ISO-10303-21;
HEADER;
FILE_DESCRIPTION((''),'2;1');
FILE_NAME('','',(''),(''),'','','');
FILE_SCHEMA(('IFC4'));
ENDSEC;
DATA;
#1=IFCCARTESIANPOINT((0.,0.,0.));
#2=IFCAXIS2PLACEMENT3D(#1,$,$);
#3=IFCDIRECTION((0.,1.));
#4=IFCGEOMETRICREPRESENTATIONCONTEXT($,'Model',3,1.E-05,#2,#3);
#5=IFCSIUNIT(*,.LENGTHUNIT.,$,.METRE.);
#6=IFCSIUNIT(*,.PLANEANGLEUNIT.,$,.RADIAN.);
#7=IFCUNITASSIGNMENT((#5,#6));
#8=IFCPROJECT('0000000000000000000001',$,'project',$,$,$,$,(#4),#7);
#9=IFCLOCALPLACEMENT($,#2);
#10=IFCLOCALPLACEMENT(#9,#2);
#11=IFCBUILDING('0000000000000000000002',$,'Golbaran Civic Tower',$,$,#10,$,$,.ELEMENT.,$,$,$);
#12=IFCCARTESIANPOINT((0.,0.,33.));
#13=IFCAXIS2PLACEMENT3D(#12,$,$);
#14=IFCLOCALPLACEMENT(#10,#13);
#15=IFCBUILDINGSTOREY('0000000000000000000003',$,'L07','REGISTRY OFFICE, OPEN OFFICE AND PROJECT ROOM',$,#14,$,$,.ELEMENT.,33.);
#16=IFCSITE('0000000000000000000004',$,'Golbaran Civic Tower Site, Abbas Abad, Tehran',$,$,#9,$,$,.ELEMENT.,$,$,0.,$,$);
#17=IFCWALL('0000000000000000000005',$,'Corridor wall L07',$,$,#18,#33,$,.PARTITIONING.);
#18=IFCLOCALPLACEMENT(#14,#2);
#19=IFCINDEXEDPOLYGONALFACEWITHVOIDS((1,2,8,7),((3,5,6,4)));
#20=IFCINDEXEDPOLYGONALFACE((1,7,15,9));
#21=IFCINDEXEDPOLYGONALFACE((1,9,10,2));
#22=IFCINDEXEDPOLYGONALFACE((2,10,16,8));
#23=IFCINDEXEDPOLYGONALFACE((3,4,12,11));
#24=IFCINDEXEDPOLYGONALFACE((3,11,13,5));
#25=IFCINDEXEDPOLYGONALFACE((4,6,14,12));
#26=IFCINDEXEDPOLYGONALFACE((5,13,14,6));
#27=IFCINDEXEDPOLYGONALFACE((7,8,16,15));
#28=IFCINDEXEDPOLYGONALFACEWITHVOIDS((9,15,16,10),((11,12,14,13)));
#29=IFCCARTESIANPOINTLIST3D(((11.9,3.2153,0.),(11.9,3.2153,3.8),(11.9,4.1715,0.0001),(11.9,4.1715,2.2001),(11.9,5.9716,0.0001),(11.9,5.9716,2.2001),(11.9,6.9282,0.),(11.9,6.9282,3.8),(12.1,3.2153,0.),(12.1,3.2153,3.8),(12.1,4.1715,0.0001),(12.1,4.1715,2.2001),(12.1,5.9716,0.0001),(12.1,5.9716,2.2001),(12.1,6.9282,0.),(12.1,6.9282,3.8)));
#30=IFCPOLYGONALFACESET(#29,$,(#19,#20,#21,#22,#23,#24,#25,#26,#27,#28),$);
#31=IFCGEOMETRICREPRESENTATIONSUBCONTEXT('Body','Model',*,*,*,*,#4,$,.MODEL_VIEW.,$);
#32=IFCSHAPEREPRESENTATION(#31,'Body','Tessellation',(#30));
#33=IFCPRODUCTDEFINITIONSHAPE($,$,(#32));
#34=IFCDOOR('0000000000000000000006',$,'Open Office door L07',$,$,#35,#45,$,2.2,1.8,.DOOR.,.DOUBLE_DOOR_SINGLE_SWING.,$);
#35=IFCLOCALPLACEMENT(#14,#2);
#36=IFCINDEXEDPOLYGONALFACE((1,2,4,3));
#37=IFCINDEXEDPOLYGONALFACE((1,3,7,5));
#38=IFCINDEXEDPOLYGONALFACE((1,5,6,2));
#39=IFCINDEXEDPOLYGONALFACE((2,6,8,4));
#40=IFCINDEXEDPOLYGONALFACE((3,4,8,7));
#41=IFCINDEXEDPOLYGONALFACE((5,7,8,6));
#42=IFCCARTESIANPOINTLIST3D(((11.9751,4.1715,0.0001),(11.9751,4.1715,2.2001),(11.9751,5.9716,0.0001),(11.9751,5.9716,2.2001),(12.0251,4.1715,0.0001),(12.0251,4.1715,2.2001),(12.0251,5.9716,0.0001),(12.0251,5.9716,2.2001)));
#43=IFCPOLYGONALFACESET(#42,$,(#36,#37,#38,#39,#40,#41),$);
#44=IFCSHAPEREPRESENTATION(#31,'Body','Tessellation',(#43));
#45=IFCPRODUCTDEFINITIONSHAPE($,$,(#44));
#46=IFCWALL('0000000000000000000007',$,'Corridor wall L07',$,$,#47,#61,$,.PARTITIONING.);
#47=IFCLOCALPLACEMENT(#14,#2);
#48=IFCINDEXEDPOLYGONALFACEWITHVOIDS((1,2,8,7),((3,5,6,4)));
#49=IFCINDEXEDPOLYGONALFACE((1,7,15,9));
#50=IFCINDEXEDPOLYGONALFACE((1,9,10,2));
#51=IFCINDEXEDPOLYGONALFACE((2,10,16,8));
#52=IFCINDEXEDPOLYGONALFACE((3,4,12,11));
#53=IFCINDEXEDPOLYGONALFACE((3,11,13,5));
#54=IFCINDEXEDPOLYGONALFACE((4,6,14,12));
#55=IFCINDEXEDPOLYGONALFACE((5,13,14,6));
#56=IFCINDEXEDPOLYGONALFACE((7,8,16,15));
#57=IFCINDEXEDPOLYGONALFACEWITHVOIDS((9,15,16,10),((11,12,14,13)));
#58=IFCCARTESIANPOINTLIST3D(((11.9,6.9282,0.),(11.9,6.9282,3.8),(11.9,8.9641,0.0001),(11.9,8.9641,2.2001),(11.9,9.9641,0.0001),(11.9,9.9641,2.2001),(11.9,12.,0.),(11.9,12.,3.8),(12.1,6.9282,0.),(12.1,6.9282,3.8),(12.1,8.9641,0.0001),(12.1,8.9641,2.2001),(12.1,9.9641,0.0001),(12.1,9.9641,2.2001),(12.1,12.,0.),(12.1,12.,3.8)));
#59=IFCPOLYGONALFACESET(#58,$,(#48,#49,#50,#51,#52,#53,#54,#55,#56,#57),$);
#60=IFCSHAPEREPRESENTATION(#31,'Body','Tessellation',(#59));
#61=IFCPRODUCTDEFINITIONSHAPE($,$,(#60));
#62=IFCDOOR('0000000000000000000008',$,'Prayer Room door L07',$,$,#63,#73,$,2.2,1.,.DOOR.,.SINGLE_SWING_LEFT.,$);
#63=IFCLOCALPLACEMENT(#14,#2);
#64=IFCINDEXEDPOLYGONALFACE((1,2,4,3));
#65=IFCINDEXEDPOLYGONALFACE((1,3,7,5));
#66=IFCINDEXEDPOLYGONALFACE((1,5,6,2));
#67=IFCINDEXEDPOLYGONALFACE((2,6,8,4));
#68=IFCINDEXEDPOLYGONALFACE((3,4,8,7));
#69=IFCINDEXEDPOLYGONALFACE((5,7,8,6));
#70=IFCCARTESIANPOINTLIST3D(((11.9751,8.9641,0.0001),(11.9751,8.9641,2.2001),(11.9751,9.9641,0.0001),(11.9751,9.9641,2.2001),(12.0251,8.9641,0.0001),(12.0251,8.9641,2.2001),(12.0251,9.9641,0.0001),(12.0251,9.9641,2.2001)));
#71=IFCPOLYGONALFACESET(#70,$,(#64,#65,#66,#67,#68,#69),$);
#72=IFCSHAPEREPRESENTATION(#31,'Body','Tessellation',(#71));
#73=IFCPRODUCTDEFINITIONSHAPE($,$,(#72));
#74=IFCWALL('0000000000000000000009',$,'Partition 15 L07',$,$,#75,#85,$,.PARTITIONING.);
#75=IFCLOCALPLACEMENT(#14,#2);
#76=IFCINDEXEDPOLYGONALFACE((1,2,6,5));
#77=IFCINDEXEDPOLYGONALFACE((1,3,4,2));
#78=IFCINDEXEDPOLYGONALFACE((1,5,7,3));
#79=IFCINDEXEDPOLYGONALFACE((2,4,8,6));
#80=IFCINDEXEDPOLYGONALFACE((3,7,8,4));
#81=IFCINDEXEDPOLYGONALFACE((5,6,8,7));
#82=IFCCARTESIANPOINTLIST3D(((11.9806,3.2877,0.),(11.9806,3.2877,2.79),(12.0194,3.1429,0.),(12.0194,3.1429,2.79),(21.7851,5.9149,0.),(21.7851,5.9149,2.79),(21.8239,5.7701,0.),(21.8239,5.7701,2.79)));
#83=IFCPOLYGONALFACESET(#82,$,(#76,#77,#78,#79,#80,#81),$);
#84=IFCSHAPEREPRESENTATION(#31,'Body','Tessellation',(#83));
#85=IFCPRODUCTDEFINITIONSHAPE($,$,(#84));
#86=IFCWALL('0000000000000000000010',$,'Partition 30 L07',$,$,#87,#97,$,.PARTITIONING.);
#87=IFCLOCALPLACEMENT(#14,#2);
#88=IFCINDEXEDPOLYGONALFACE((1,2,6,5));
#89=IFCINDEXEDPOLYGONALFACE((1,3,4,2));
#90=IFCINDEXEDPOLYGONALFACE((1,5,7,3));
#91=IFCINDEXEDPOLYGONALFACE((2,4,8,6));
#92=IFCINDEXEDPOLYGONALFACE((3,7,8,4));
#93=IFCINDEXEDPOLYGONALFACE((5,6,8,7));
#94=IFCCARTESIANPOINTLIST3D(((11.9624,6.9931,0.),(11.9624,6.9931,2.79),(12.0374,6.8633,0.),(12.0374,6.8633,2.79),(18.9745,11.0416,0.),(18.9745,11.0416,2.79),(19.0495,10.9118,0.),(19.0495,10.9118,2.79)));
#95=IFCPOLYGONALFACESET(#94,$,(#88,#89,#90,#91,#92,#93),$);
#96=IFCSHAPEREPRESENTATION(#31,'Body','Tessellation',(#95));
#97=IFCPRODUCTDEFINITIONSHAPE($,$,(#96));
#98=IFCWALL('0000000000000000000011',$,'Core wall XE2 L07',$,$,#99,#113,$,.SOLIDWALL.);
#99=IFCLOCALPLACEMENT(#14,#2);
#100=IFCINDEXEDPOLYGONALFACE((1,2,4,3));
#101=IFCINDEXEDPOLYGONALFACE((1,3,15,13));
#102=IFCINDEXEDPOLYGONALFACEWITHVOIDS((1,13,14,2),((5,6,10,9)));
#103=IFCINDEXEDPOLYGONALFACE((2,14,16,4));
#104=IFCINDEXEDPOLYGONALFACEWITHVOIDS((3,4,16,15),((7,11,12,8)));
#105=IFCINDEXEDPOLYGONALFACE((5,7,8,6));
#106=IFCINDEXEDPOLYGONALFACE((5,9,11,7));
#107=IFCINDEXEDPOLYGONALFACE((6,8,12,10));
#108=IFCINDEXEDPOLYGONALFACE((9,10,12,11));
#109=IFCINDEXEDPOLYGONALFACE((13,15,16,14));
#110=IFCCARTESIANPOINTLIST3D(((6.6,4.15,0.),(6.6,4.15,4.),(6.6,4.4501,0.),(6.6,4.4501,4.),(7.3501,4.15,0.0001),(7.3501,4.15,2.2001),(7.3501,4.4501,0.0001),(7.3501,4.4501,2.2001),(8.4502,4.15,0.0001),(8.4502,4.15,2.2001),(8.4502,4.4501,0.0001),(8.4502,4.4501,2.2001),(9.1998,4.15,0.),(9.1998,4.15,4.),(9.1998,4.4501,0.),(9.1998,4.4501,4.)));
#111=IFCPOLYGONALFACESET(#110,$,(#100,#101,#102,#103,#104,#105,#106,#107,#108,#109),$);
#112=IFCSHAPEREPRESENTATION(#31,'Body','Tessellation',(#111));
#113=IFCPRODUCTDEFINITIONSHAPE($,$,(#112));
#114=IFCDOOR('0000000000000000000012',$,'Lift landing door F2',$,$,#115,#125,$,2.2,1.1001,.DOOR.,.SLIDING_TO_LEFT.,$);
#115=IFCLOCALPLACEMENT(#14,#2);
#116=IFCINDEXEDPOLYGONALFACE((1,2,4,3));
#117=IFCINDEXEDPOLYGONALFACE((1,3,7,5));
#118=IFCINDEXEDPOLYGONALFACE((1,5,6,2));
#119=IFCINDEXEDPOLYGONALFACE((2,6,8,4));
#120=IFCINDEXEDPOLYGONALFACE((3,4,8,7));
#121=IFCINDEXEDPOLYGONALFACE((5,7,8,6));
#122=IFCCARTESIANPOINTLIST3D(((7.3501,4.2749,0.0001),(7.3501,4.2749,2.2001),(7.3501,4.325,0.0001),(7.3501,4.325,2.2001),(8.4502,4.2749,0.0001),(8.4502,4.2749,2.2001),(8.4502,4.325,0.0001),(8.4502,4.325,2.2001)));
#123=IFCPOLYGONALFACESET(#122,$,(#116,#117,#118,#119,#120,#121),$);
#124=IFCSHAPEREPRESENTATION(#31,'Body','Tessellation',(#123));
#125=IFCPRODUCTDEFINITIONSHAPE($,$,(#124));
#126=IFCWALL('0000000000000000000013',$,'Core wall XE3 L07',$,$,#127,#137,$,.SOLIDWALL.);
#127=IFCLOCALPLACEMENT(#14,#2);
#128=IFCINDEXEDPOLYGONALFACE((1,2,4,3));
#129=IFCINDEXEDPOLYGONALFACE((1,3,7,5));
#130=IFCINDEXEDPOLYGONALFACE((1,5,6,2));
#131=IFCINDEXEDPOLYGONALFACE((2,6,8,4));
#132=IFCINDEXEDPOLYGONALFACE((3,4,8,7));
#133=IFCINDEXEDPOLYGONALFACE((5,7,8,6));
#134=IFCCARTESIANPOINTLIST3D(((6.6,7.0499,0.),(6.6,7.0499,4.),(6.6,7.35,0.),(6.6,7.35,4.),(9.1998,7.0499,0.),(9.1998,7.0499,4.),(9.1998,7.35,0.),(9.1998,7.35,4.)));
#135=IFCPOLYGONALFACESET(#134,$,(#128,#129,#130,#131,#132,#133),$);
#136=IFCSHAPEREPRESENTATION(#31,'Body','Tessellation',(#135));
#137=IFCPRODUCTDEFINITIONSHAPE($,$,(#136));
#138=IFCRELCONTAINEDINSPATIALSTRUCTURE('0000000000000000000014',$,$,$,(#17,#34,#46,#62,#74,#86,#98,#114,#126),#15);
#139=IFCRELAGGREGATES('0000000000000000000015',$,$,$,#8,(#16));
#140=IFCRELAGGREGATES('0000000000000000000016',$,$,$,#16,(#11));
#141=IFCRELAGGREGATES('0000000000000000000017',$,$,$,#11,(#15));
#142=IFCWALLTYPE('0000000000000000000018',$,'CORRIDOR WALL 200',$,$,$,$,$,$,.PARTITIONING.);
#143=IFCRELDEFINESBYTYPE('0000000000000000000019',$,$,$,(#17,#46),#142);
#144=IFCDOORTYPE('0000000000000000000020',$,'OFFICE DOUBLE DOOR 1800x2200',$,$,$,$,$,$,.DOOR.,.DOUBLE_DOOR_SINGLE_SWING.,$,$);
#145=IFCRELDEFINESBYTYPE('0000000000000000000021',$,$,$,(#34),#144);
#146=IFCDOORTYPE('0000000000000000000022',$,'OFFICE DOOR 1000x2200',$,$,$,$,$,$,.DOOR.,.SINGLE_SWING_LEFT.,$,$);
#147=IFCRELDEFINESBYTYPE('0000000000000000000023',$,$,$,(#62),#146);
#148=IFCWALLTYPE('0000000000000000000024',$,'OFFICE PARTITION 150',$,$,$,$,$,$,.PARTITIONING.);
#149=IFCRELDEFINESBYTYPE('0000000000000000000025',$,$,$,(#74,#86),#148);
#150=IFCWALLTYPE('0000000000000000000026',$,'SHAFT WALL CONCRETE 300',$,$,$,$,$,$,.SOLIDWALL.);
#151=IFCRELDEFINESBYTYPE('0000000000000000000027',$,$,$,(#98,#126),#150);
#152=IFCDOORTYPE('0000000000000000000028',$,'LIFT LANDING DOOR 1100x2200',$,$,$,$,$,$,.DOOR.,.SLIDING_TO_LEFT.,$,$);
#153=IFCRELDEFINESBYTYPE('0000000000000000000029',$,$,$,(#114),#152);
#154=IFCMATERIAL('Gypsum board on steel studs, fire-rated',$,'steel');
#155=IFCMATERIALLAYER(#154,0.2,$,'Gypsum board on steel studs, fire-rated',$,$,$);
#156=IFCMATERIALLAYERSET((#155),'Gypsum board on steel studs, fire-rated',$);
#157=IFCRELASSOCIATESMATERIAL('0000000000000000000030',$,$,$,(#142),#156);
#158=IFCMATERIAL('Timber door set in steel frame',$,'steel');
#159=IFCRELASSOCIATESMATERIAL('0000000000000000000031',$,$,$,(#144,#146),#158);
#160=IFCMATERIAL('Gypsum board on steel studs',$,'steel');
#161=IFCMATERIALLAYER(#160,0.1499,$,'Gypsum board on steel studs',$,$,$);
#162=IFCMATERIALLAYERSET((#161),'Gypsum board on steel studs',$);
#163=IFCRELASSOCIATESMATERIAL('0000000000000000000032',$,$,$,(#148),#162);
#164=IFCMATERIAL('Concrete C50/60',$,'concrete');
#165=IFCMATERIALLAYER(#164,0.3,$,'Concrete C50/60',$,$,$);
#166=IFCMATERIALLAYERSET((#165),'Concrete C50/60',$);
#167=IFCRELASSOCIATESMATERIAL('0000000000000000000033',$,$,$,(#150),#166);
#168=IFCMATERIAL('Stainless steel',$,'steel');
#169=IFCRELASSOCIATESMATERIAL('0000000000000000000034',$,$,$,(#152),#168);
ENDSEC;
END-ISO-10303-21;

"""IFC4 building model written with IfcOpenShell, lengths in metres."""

from ifc_helpers import new_model, si_unit, direction, frame, frame_2d, origin, place, context, subcontext, project, spatial, rectangle, extrude, material, layer, layer_set, type_object, element, fill, save


model = new_model("IFC4")

# Units and contexts
model_context = context("Model", 3, precision=1e-05, world=origin(), true_north=direction((0.0, 1.0)))
body_context = subcontext(model_context, "Body", "Model", "MODEL_VIEW")
ifc_project = project(units=[si_unit("LENGTHUNIT", "METRE"), si_unit("PLANEANGLEUNIT", "RADIAN")], contexts=[model_context])

# Site, building, storey
site_placement = place(None, origin())
site = spatial("IfcSite", under=ifc_project, at=site_placement, Name="Golbaran Civic Tower Site, Abbas Abad, Tehran", CompositionType="ELEMENT", RefElevation=0.0)
building_placement = place(site_placement, origin())
building = spatial("IfcBuilding", under=site, at=building_placement, Name="Golbaran Civic Tower", CompositionType="ELEMENT")
storey_placement = place(building_placement, frame((0.0, 0.0, 33.0)))
storey = spatial("IfcBuildingStorey", under=building, at=storey_placement, Name="L07", Description="REGISTRY OFFICE, OPEN OFFICE AND PROJECT ROOM", CompositionType="ELEMENT", Elevation=33.0)

# Walls, openings, doors
ifc_material_1 = material(Name="Concrete C50/60", Category="concrete")
ifc_material_2 = material(Name="Timber door set in steel frame", Category="steel")
ifc_material_3 = material(Name="Gypsum board on steel studs, fire-rated", Category="steel")
ifc_layer_1 = layer(ifc_material_3, 0.2, Name="Gypsum board on steel studs, fire-rated")
ifc_layer_set_1 = layer_set([ifc_layer_1], Name="Gypsum board on steel studs, fire-rated")
wall_type_1 = type_object("IfcWallType", Name="CORRIDOR WALL 200", PredefinedType="PARTITIONING", material=ifc_layer_set_1)
wall_1_placement = place(storey_placement, frame((12.0, 3.2153, 0.0), z_axis=(0.0, 0.0, 1.0), x_axis=(0.0, 1.0, 0.0)))
wall_1 = element("IfcWall", 1, at=wall_1_placement, inside=storey, type_object=wall_type_1, Name="Corridor wall L07", PredefinedType="PARTITIONING", context=body_context, shape_type="SweptSolid", body=[
    extrude(rectangle(XDim=3.7129, YDim=0.2, at=frame_2d((1.8564, 0.0))), origin(), (0.0, 0.0, 1.0), 3.8),
])
opening_1_placement = place(wall_1_placement, frame((0.9563, 0.0, 0.0)))
opening_1 = element("IfcOpeningElement", 2, at=opening_1_placement, cuts=wall_1, PredefinedType="OPENING", context=body_context, shape_type="SweptSolid", body=[
    extrude(rectangle(XDim=1.8, YDim=2.2, at=frame_2d((0.8999, 1.1001))), frame((0.0, 0.1099, 0.0), z_axis=(0.0, -1.0, 0.0), x_axis=(1.0, 0.0, 0.0)), (0.0, 0.0, 1.0), 0.22),
])
door_type_1 = type_object("IfcDoorType", Name="OFFICE DOUBLE DOOR 1800x2200", OperationType="DOUBLE_DOOR_SINGLE_SWING", PredefinedType="DOOR", material=ifc_material_2)
door_1_placement = place(opening_1_placement, origin())
door_1 = element("IfcDoor", 3, at=door_1_placement, inside=storey, type_object=door_type_1, Name="Open Office door L07", OperationType="DOUBLE_DOOR_SINGLE_SWING", OverallHeight=2.2, OverallWidth=1.8, PredefinedType="DOOR", context=body_context, shape_type="SweptSolid", body=[
    extrude(rectangle(XDim=1.8, YDim=2.2, at=frame_2d((0.8999, 1.1001))), frame((0.0, 0.0249, 0.0), z_axis=(0.0, -1.0, 0.0), x_axis=(1.0, 0.0, 0.0)), (0.0, 0.0, 1.0), 0.05),
])
fill(opening_1, door_1)
wall_2_placement = place(storey_placement, frame((12.0, 6.9282, 0.0), z_axis=(0.0, 0.0, 1.0), x_axis=(0.0, 1.0, 0.0)))
wall_2 = element("IfcWall", 4, at=wall_2_placement, inside=storey, type_object=wall_type_1, Name="Corridor wall L07", PredefinedType="PARTITIONING", context=body_context, shape_type="SweptSolid", body=[
    extrude(rectangle(XDim=5.0718, YDim=0.2, at=frame_2d((2.5359, 0.0))), origin(), (0.0, 0.0, 1.0), 3.8),
])
opening_2_placement = place(wall_2_placement, frame((2.0359, 0.0, 0.0)))
opening_2 = element("IfcOpeningElement", 5, at=opening_2_placement, cuts=wall_2, PredefinedType="OPENING", context=body_context, shape_type="SweptSolid", body=[
    extrude(rectangle(XDim=1.0, YDim=2.2, at=frame_2d((0.5, 1.1001))), frame((0.0, 0.1099, 0.0), z_axis=(0.0, -1.0, 0.0), x_axis=(1.0, 0.0, 0.0)), (0.0, 0.0, 1.0), 0.22),
])
door_type_2 = type_object("IfcDoorType", Name="OFFICE DOOR 1000x2200", OperationType="SINGLE_SWING_LEFT", PredefinedType="DOOR", material=ifc_material_2)
door_2_placement = place(opening_2_placement, origin())
door_2 = element("IfcDoor", 6, at=door_2_placement, inside=storey, type_object=door_type_2, Name="Prayer Room door L07", OperationType="SINGLE_SWING_LEFT", OverallHeight=2.2, OverallWidth=1.0, PredefinedType="DOOR", context=body_context, shape_type="SweptSolid", body=[
    extrude(rectangle(XDim=1.0, YDim=2.2, at=frame_2d((0.5, 1.1001))), frame((0.0, 0.0249, 0.0), z_axis=(0.0, -1.0, 0.0), x_axis=(1.0, 0.0, 0.0)), (0.0, 0.0, 1.0), 0.05),
])
fill(opening_2, door_2)

# Walls
ifc_material_4 = material(Name="Gypsum board on steel studs", Category="steel")
ifc_layer_2 = layer(ifc_material_4, 0.1499, Name="Gypsum board on steel studs")
ifc_layer_set_2 = layer_set([ifc_layer_2], Name="Gypsum board on steel studs")
wall_type_2 = type_object("IfcWallType", Name="OFFICE PARTITION 150", PredefinedType="PARTITIONING", material=ifc_layer_set_2)
wall_3_placement = place(storey_placement, frame((12.0, 3.2153, 0.0), z_axis=(0.0, 0.0, 1.0), x_axis=(0.965923, 0.258829, 0.0)))
element("IfcWall", 7, at=wall_3_placement, inside=storey, type_object=wall_type_2, Name="Partition 15 L07", PredefinedType="PARTITIONING", context=body_context, shape_type="SweptSolid", body=[
    extrude(rectangle(XDim=10.1504, YDim=0.1499, at=frame_2d((5.0752, 0.0))), origin(), (0.0, 0.0, 1.0), 2.79),
])
wall_4_placement = place(storey_placement, frame((12.0, 6.9282, 0.0), z_axis=(0.0, 0.0, 1.0), x_axis=(0.866021, 0.500008, 0.0)))
element("IfcWall", 8, at=wall_4_placement, inside=storey, type_object=wall_type_2, Name="Partition 30 L07", PredefinedType="PARTITIONING", context=body_context, shape_type="SweptSolid", body=[
    extrude(rectangle(XDim=8.0969, YDim=0.1499, at=frame_2d((4.0483, 0.0))), origin(), (0.0, 0.0, 1.0), 2.79),
])

# Wall, opening, door
ifc_layer_3 = layer(ifc_material_1, 0.3, Name="Concrete C50/60")
ifc_layer_set_3 = layer_set([ifc_layer_3], Name="Concrete C50/60")
wall_type_3 = type_object("IfcWallType", Name="SHAFT WALL CONCRETE 300", PredefinedType="SOLIDWALL", material=ifc_layer_set_3)
wall_5_placement = place(storey_placement, frame((6.6001, 4.3, 0.0), z_axis=(0.0, 0.0, 1.0), x_axis=(1.0, 0.0, 0.0)))
wall_5 = element("IfcWall", 9, at=wall_5_placement, inside=storey, type_object=wall_type_3, Name="Core wall XE2 L07", PredefinedType="SOLIDWALL", context=body_context, shape_type="SweptSolid", body=[
    extrude(rectangle(XDim=2.5999, YDim=0.3, at=frame_2d((1.2998, 0.0))), origin(), (0.0, 0.0, 1.0), 4.0),
])
opening_3_placement = place(wall_5_placement, frame((0.75, 0.0, 0.0)))
opening_3 = element("IfcOpeningElement", 10, at=opening_3_placement, cuts=wall_5, PredefinedType="OPENING", context=body_context, shape_type="SweptSolid", body=[
    extrude(rectangle(XDim=1.1001, YDim=2.2, at=frame_2d((0.55, 1.1001))), frame((0.0, 0.1599, 0.0), z_axis=(0.0, -1.0, 0.0), x_axis=(1.0, 0.0, 0.0)), (0.0, 0.0, 1.0), 0.3201),
])
ifc_material_5 = material(Name="Stainless steel", Category="steel")
door_type_3 = type_object("IfcDoorType", Name="LIFT LANDING DOOR 1100x2200", OperationType="SLIDING_TO_LEFT", PredefinedType="DOOR", material=ifc_material_5)
door_3_placement = place(opening_3_placement, origin())
door_3 = element("IfcDoor", 11, at=door_3_placement, inside=storey, type_object=door_type_3, Name="Lift landing door F2", OperationType="SLIDING_TO_LEFT", OverallHeight=2.2, OverallWidth=1.1001, PredefinedType="DOOR", context=body_context, shape_type="SweptSolid", body=[
    extrude(rectangle(XDim=1.1001, YDim=2.2, at=frame_2d((0.55, 1.1001))), frame((0.0, 0.0249, 0.0), z_axis=(0.0, -1.0, 0.0), x_axis=(1.0, 0.0, 0.0)), (0.0, 0.0, 1.0), 0.05),
])
fill(opening_3, door_3)

# Wall
wall_6_placement = place(storey_placement, frame((6.6001, 7.2, 0.0), z_axis=(0.0, 0.0, 1.0), x_axis=(1.0, 0.0, 0.0)))
element("IfcWall", 12, at=wall_6_placement, inside=storey, type_object=wall_type_3, Name="Core wall XE3 L07", PredefinedType="SOLIDWALL", context=body_context, shape_type="SweptSolid", body=[
    extrude(rectangle(XDim=2.5999, YDim=0.3, at=frame_2d((1.2998, 0.0))), origin(), (0.0, 0.0, 1.0), 4.0),
])

save(model, "model.ifc")
